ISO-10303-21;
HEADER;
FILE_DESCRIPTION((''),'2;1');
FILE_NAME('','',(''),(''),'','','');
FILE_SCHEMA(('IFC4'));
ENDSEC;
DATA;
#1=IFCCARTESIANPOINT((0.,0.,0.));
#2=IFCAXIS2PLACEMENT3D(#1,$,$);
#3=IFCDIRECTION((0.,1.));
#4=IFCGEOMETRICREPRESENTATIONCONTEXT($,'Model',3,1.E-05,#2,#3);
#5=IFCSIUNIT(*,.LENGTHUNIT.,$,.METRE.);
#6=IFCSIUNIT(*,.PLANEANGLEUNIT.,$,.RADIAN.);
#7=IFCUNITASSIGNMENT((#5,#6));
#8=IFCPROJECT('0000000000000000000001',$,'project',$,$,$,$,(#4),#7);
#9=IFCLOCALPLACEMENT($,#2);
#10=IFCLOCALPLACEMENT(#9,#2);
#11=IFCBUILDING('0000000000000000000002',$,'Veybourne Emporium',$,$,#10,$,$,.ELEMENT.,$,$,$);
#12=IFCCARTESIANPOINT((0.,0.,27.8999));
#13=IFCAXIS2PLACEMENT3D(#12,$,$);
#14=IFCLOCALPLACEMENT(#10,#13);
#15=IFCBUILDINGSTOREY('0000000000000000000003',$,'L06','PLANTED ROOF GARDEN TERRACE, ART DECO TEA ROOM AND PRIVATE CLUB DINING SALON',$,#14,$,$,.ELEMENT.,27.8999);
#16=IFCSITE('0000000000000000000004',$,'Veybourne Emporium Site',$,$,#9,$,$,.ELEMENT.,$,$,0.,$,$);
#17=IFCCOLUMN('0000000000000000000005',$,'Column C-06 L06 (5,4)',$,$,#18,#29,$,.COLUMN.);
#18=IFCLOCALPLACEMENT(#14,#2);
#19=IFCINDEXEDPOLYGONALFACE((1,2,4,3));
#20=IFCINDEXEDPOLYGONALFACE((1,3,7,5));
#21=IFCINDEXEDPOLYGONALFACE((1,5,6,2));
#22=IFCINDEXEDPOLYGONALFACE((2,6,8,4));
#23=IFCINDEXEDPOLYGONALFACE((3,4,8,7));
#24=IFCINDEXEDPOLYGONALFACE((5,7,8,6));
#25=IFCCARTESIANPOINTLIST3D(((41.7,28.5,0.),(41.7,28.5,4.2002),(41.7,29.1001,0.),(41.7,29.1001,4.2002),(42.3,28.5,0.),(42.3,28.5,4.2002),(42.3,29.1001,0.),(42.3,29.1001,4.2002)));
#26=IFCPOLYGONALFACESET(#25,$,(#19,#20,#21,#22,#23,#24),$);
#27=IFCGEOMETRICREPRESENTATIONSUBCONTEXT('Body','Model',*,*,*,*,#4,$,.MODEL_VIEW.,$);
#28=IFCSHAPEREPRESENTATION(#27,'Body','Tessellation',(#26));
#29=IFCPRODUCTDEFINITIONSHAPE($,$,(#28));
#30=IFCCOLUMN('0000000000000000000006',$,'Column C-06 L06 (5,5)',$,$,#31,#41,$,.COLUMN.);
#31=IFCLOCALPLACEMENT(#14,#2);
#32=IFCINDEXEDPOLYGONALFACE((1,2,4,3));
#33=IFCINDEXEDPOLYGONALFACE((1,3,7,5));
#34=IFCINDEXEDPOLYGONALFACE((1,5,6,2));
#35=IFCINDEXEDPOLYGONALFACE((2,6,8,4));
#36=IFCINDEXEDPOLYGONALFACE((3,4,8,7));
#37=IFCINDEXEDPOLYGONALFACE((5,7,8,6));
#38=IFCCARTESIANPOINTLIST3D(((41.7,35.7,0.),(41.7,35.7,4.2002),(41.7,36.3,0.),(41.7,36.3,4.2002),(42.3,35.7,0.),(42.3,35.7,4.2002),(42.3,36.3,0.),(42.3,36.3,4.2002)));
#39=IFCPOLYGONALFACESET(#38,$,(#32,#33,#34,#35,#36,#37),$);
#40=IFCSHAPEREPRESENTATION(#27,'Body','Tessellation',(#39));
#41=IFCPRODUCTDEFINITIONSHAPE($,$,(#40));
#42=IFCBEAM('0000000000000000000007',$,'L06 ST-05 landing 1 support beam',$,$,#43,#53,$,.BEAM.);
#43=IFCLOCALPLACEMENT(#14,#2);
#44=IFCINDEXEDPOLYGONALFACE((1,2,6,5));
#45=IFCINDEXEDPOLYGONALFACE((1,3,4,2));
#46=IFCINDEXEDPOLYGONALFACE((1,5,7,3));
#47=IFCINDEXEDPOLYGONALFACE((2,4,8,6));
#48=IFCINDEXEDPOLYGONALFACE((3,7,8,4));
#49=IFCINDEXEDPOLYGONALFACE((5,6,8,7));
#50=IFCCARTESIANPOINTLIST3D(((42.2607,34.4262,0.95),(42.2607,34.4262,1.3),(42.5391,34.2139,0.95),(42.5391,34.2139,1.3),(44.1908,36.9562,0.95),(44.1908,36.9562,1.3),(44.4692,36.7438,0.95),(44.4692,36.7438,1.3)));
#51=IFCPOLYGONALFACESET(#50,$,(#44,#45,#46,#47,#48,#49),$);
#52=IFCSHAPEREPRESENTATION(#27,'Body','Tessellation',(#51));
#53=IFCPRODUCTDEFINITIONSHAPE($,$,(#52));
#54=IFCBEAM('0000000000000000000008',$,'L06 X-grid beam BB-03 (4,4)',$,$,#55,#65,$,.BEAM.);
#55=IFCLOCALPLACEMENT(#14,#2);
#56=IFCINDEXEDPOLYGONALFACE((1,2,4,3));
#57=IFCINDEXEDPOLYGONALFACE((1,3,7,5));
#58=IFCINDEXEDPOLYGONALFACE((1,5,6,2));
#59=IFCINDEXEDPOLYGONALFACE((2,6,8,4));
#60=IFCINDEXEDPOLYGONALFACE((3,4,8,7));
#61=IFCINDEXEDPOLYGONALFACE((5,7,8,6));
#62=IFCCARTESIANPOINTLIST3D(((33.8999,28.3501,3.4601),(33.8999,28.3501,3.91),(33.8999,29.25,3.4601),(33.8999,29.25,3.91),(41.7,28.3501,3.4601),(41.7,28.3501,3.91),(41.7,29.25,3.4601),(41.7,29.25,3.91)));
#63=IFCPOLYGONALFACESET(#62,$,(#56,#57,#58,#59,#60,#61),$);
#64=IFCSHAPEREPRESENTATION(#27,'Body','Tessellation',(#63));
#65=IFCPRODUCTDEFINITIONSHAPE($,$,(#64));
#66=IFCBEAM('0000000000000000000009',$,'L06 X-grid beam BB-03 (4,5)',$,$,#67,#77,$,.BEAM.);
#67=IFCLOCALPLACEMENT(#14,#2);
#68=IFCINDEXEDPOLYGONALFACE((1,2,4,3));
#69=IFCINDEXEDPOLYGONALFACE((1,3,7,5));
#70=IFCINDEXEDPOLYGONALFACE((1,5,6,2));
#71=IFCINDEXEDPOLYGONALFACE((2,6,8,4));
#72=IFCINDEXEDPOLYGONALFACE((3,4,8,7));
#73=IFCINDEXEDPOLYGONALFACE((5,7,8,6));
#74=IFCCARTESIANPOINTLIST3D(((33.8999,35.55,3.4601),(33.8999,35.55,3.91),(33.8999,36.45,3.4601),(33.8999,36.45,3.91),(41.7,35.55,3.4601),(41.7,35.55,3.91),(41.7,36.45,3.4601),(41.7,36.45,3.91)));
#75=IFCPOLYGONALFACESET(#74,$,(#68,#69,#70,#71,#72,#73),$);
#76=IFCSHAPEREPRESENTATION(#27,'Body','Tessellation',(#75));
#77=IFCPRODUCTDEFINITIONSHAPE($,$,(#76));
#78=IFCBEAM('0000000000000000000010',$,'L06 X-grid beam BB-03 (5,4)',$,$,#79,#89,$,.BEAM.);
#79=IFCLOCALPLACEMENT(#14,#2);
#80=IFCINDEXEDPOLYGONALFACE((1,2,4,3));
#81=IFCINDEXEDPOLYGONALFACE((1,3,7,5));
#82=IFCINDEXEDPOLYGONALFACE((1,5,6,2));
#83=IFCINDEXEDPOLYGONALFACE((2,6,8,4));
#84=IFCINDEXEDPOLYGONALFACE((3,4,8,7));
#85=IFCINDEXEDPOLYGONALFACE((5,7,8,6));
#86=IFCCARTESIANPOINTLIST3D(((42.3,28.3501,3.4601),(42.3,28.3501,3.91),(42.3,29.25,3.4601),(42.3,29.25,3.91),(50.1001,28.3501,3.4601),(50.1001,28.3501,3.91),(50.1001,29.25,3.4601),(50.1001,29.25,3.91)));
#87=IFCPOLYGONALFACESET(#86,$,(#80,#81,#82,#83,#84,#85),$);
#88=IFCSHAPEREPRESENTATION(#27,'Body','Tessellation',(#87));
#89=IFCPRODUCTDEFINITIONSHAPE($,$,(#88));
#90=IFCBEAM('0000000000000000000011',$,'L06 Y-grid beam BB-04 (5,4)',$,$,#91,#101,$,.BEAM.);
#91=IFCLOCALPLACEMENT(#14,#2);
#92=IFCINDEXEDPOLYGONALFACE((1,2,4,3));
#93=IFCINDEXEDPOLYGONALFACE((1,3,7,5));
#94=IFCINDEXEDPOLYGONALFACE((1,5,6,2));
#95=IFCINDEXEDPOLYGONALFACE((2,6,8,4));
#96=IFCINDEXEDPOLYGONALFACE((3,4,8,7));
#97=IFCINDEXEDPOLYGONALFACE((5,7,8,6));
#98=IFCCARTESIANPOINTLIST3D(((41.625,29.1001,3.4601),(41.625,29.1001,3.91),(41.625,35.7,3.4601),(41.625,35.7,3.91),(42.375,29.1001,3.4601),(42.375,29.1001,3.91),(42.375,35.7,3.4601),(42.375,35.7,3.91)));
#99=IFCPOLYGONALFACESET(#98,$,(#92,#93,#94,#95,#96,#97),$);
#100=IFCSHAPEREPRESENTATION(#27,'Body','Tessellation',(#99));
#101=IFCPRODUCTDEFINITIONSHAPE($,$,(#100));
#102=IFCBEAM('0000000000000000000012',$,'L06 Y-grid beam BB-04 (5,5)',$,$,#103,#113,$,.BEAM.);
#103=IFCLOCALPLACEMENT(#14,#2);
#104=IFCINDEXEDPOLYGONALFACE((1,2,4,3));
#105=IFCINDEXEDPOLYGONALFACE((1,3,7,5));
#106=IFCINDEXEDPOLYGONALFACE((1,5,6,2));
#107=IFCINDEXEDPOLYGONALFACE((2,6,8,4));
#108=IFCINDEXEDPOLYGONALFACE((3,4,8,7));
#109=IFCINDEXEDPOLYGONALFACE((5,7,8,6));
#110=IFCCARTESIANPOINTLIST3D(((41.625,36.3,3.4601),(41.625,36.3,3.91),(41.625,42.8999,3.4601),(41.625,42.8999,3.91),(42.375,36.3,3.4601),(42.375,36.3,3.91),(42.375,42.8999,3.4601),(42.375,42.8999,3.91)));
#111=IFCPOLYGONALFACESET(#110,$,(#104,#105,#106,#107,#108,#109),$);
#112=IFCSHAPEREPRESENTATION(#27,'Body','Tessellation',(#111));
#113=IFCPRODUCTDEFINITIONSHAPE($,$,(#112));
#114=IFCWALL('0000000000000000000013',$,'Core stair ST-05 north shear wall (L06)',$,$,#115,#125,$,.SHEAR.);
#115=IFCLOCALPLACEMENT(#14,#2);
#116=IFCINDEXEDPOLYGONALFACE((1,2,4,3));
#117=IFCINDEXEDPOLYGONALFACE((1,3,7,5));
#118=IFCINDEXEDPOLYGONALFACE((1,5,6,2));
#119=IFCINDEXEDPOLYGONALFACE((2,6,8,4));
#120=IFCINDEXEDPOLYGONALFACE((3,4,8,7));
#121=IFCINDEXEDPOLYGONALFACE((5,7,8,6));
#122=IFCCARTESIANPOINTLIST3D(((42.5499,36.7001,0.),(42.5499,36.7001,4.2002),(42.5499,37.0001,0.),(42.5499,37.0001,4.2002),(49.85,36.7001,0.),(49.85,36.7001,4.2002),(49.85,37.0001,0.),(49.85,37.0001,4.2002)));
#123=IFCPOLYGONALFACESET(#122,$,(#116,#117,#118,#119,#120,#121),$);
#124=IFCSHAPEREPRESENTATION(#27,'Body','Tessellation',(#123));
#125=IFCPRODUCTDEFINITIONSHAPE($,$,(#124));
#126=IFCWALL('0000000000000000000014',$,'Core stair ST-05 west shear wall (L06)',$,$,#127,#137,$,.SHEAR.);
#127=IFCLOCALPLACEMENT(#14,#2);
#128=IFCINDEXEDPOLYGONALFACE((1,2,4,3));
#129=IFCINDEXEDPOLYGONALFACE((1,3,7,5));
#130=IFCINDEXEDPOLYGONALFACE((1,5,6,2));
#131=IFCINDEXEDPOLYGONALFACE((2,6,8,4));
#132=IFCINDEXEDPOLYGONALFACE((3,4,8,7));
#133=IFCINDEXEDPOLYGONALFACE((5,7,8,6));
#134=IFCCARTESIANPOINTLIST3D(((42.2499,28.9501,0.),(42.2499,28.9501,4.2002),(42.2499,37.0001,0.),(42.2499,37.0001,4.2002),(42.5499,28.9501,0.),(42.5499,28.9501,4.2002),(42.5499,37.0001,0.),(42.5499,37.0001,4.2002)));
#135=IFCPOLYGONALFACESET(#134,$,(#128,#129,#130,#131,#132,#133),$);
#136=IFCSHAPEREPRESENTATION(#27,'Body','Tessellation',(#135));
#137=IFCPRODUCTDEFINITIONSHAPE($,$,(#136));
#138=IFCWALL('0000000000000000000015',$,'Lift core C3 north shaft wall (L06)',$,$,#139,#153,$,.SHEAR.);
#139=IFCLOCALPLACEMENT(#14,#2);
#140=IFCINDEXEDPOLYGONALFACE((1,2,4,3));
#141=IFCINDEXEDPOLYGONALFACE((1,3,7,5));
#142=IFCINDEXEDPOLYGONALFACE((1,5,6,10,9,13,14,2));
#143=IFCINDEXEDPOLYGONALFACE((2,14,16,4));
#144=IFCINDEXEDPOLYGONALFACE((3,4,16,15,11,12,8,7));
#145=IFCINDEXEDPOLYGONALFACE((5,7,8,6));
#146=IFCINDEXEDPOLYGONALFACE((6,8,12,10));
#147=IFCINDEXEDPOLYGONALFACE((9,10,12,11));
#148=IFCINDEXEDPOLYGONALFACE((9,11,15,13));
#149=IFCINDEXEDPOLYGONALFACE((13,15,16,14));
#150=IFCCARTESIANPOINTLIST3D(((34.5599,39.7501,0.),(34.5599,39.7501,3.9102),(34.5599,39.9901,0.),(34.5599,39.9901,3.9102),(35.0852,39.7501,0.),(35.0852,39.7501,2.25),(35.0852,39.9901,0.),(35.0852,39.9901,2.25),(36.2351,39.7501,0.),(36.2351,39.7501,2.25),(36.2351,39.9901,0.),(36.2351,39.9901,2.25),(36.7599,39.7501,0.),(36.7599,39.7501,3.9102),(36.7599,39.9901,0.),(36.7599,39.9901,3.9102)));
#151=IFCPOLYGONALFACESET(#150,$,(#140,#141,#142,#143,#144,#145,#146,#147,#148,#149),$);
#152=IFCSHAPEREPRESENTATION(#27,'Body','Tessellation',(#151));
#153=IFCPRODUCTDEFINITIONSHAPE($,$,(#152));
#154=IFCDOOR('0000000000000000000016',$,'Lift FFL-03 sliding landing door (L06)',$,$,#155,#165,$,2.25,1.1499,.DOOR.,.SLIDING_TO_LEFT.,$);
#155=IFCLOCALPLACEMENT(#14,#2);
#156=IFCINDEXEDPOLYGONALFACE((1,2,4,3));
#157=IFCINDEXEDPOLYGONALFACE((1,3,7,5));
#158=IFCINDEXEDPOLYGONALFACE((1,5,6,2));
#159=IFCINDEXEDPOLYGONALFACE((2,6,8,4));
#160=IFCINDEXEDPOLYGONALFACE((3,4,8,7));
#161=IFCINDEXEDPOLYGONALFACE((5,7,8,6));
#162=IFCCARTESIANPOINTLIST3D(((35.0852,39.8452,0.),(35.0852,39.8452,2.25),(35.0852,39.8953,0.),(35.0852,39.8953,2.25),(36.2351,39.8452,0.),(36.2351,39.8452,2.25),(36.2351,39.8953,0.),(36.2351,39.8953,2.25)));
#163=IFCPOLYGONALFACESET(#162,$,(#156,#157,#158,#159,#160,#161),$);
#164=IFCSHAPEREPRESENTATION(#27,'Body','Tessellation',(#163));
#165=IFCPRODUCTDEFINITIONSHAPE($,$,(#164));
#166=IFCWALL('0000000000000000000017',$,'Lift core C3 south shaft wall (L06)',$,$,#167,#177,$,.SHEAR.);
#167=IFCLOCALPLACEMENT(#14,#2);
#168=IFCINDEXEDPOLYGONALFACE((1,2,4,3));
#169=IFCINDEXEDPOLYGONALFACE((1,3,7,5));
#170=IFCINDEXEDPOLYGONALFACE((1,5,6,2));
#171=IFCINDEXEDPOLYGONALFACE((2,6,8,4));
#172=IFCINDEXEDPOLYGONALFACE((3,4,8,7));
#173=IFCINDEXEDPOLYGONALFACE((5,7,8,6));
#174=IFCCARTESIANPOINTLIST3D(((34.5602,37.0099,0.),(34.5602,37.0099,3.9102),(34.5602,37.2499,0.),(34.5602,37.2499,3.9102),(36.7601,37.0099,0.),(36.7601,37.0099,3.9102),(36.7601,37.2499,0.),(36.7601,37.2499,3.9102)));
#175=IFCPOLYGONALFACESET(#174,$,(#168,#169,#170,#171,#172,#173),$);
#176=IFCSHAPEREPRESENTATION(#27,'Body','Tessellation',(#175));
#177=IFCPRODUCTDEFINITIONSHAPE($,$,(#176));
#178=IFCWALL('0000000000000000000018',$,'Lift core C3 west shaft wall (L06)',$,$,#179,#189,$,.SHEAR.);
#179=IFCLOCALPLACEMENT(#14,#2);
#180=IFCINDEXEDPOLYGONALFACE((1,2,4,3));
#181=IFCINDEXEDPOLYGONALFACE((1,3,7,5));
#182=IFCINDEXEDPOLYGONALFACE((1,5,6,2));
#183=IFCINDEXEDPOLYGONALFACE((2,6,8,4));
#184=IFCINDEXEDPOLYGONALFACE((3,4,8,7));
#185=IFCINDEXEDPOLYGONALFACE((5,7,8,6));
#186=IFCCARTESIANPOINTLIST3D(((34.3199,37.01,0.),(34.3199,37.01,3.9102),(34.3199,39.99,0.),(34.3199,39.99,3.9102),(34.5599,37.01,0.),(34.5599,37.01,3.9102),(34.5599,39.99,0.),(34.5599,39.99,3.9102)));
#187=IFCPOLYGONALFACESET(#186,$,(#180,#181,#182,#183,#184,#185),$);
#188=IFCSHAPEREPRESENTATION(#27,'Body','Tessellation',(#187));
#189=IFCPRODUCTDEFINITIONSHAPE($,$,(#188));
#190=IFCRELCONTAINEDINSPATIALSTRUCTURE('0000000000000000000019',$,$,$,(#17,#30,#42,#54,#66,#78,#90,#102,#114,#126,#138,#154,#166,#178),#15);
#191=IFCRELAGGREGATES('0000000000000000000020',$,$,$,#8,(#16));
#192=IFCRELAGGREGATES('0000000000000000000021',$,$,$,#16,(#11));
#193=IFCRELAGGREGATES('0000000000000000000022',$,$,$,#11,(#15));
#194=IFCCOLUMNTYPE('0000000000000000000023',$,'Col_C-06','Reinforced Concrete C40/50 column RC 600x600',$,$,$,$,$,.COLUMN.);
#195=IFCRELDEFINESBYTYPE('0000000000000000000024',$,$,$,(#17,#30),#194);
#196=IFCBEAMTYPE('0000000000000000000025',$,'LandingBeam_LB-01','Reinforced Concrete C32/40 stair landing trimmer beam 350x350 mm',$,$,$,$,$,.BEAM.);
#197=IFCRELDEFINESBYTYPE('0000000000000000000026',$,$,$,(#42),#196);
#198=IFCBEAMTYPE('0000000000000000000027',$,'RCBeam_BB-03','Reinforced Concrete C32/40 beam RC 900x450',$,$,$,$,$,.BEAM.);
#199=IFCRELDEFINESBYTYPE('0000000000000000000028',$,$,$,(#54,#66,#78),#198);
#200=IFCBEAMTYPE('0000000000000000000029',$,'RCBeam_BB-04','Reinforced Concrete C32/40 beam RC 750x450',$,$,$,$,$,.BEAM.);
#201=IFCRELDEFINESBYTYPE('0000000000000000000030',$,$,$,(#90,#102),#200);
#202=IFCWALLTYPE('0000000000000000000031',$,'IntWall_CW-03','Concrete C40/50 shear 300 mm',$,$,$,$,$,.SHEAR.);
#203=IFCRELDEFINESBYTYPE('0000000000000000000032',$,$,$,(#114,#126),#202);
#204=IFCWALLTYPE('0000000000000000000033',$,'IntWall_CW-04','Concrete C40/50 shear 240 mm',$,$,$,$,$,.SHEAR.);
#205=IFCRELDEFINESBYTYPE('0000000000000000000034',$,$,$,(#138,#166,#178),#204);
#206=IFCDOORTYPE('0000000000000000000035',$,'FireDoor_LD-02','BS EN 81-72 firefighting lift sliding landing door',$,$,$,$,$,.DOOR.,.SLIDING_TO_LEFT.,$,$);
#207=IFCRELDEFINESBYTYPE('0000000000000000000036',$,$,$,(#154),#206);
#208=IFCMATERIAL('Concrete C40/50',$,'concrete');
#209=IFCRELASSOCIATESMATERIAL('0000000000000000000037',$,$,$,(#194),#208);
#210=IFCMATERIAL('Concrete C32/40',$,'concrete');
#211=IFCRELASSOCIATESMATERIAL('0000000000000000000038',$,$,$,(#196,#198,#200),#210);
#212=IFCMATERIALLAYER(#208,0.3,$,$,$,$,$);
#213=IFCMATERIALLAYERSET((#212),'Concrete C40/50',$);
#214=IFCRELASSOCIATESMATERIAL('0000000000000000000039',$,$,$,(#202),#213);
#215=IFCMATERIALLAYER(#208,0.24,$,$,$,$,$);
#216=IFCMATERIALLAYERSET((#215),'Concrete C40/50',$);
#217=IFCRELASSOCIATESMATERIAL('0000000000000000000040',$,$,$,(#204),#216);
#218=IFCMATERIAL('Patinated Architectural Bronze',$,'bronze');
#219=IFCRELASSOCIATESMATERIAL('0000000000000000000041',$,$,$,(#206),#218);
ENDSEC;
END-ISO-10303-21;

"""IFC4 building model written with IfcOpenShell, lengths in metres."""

from ifc_helpers import new_model, si_unit, direction, frame, frame_2d, origin, origin_2d, place, context, subcontext, project, spatial, rectangle, extrude, material, layer, layer_set, material_profile, profile_set, type_object, element, fill, save


model = new_model("IFC4")

# Units and contexts
model_context = context("Model", 3, precision=1e-05, world=origin(), true_north=direction((0.0, 1.0)))
body_context = subcontext(model_context, "Body", "Model", "MODEL_VIEW")
ifc_project = project(units=[si_unit("LENGTHUNIT", "METRE"), si_unit("PLANEANGLEUNIT", "RADIAN")], contexts=[model_context])

# Site, building, storey
site_placement = place(None, origin())
site = spatial("IfcSite", under=ifc_project, at=site_placement, Name="Veybourne Emporium Site", CompositionType="ELEMENT", RefElevation=0.0)
building_placement = place(site_placement, origin())
building = spatial("IfcBuilding", under=site, at=building_placement, Name="Veybourne Emporium", CompositionType="ELEMENT")
storey_placement = place(building_placement, frame((0.0, 0.0, 27.8999)))
storey = spatial("IfcBuildingStorey", under=building, at=storey_placement, Name="L06", Description="PLANTED ROOF GARDEN TERRACE, ART DECO TEA ROOM AND PRIVATE CLUB DINING SALON", CompositionType="ELEMENT", Elevation=27.8999)

# Columns
ifc_material_1 = material(Name="Concrete C40/50", Category="concrete")
ifc_material_profile_1 = material_profile(ifc_material_1, rectangle(XDim=0.6001, YDim=0.6001, at=origin_2d()), Name="RC 600x600")
ifc_profile_set_1 = profile_set([ifc_material_profile_1], Name="Concrete C40/50")
column_type = type_object("IfcColumnType", Name="Col_C-06", Description="Reinforced Concrete C40/50 column RC 600x600", PredefinedType="COLUMN", material=ifc_profile_set_1)
for number, where, z_axis, x_axis, name in (
    (1, (42.0, 28.8, 0.0), (0.0, 0.0, 1.0), (1.0, 0.0, 0.0), "Column C-06 L06 (5,4)"),
    (2, (42.0, 36.0, 0.0), (0.0, 0.0, 1.0), (1.0, 0.0, 0.0), "Column C-06 L06 (5,5)"),
):
    element("IfcColumn", number, at=place(storey_placement, frame(where, z_axis=z_axis, x_axis=x_axis)), inside=storey, type_object=column_type, Name=name, PredefinedType="COLUMN", context=body_context, shape_type="SweptSolid", body=[
        extrude(rectangle(XDim=0.6001, YDim=0.6001, at=origin_2d()), origin(), (0.0, 0.0, 1.0), 4.2002),
    ])

# Beams
ifc_material_2 = material(Name="Concrete C32/40", Category="concrete")
ifc_material_profile_2 = material_profile(ifc_material_2, rectangle(XDim=0.3501, YDim=0.3501, at=origin_2d()), Name="RC 350x350")
ifc_profile_set_2 = profile_set([ifc_material_profile_2], Name="Concrete C32/40")
beam_type_1 = type_object("IfcBeamType", Name="LandingBeam_LB-01", Description="Reinforced Concrete C32/40 stair landing trimmer beam 350x350 mm", PredefinedType="BEAM", material=ifc_profile_set_2)
beam_placement = place(storey_placement, frame((42.3999, 34.3201, 1.125), z_axis=(0.606547, 0.795048, 0.0), x_axis=(-0.795048, 0.606547, 0.0)))
element("IfcBeam", 3, at=beam_placement, inside=storey, type_object=beam_type_1, Name="L06 ST-05 landing 1 support beam", PredefinedType="BEAM", context=body_context, shape_type="SweptSolid", body=[
    extrude(rectangle(XDim=0.3501, YDim=0.3501, at=origin_2d()), origin(), (0.0, 0.0, 1.0), 3.1821),
])
ifc_material_profile_3 = material_profile(ifc_material_2, rectangle(XDim=0.8999, YDim=0.45, at=origin_2d()), Name="RC 900x450")
ifc_profile_set_3 = profile_set([ifc_material_profile_3], Name="Concrete C32/40")
beam_type_2 = type_object("IfcBeamType", Name="RCBeam_BB-03", Description="Reinforced Concrete C32/40 beam RC 900x450", PredefinedType="BEAM", material=ifc_profile_set_3)
for number, where, z_axis, x_axis, name in (
    (4, (33.8999, 28.8, 3.6851), (1.0, 0.0, 0.0), (0.0, 1.0, 0.0), "L06 X-grid beam BB-03 (4,4)"),
    (5, (33.8999, 36.0, 3.6851), (1.0, 0.0, 0.0), (0.0, 1.0, 0.0), "L06 X-grid beam BB-03 (4,5)"),
    (6, (42.3, 28.8, 3.6851), (1.0, 0.0, 0.0), (0.0, 1.0, 0.0), "L06 X-grid beam BB-03 (5,4)"),
):
    element("IfcBeam", number, at=place(storey_placement, frame(where, z_axis=z_axis, x_axis=x_axis)), inside=storey, type_object=beam_type_2, Name=name, PredefinedType="BEAM", context=body_context, shape_type="SweptSolid", body=[
        extrude(rectangle(XDim=0.8999, YDim=0.45, at=origin_2d()), origin(), (0.0, 0.0, 1.0), 7.8),
    ])
ifc_material_profile_4 = material_profile(ifc_material_2, rectangle(XDim=0.75, YDim=0.45, at=origin_2d()), Name="RC 750x450")
ifc_profile_set_4 = profile_set([ifc_material_profile_4], Name="Concrete C32/40")
beam_type_3 = type_object("IfcBeamType", Name="RCBeam_BB-04", Description="Reinforced Concrete C32/40 beam RC 750x450", PredefinedType="BEAM", material=ifc_profile_set_4)
for number, where, z_axis, x_axis, name in (
    (7, (42.0, 29.1001, 3.6851), (0.0, 1.0, 0.0), (-1.0, 0.0, 0.0), "L06 Y-grid beam BB-04 (5,4)"),
    (8, (42.0, 36.3, 3.6851), (0.0, 1.0, 0.0), (-1.0, 0.0, 0.0), "L06 Y-grid beam BB-04 (5,5)"),
):
    element("IfcBeam", number, at=place(storey_placement, frame(where, z_axis=z_axis, x_axis=x_axis)), inside=storey, type_object=beam_type_3, Name=name, PredefinedType="BEAM", context=body_context, shape_type="SweptSolid", body=[
        extrude(rectangle(XDim=0.75, YDim=0.45, at=origin_2d()), origin(), (0.0, 0.0, 1.0), 6.5999),
    ])

# Walls
ifc_layer_1 = layer(ifc_material_1, 0.3)
ifc_layer_set_1 = layer_set([ifc_layer_1], Name="Concrete C40/50")
wall_type_1 = type_object("IfcWallType", Name="IntWall_CW-03", Description="Concrete C40/50 shear 300 mm", PredefinedType="SHEAR", material=ifc_layer_set_1)
wall_1_placement = place(storey_placement, frame((42.55, 36.8501, 0.0), z_axis=(0.0, 0.0, 1.0), x_axis=(1.0, 0.0, 0.0)))
element("IfcWall", 9, at=wall_1_placement, inside=storey, type_object=wall_type_1, Name="Core stair ST-05 north shear wall (L06)", PredefinedType="SHEAR", context=body_context, shape_type="SweptSolid", body=[
    extrude(rectangle(XDim=7.3, YDim=0.3, at=frame_2d((3.6499, 0.0))), origin(), (0.0, 0.0, 1.0), 4.2002),
])
wall_2_placement = place(storey_placement, frame((42.3999, 37.0, 0.0), z_axis=(0.0, 0.0, 1.0), x_axis=(0.0, -1.0, 0.0)))
element("IfcWall", 10, at=wall_2_placement, inside=storey, type_object=wall_type_1, Name="Core stair ST-05 west shear wall (L06)", PredefinedType="SHEAR", context=body_context, shape_type="SweptSolid", body=[
    extrude(rectangle(XDim=8.05, YDim=0.3, at=frame_2d((4.0249, 0.0))), origin(), (0.0, 0.0, 1.0), 4.2002),
])

# Wall, opening, door
ifc_layer_2 = layer(ifc_material_1, 0.24)
ifc_layer_set_2 = layer_set([ifc_layer_2], Name="Concrete C40/50")
wall_type_2 = type_object("IfcWallType", Name="IntWall_CW-04", Description="Concrete C40/50 shear 240 mm", PredefinedType="SHEAR", material=ifc_layer_set_2)
wall_3_placement = place(storey_placement, frame((36.76, 39.8701, 0.0), z_axis=(0.0, 0.0, 1.0), x_axis=(-1.0, 0.0, 0.0)))
wall_3 = element("IfcWall", 11, at=wall_3_placement, inside=storey, type_object=wall_type_2, Name="Lift core C3 north shaft wall (L06)", PredefinedType="SHEAR", context=body_context, shape_type="SweptSolid", body=[
    extrude(rectangle(XDim=2.2, YDim=0.24, at=frame_2d((1.1001, 0.0))), origin(), (0.0, 0.0, 1.0), 3.9102),
])
opening_1_placement = place(wall_3_placement, frame((0.5249, 0.0, 0.0)))
opening_1 = element("IfcOpeningElement", 12, at=opening_1_placement, cuts=wall_3, PredefinedType="OPENING", context=body_context, shape_type="SweptSolid", body=[
    extrude(rectangle(XDim=1.1499, YDim=2.25, at=frame_2d((0.575, 1.125))), frame((0.0, 0.1401, 0.0), z_axis=(0.0, -1.0, 0.0), x_axis=(1.0, 0.0, 0.0)), (0.0, 0.0, 1.0), 0.28),
])
ifc_material_3 = material(Name="Patinated Architectural Bronze", Category="bronze")
door_type_1 = type_object("IfcDoorType", Name="FireDoor_LD-02", Description="BS EN 81-72 firefighting lift sliding landing door", OperationType="SLIDING_TO_LEFT", PredefinedType="DOOR", material=ifc_material_3)
door_1_placement = place(opening_1_placement, origin())
door_1 = element("IfcDoor", 13, at=door_1_placement, inside=storey, type_object=door_type_1, Name="Lift FFL-03 sliding landing door (L06)", OperationType="SLIDING_TO_LEFT", OverallHeight=2.25, OverallWidth=1.1499, PredefinedType="DOOR", context=body_context, shape_type="SweptSolid", body=[
    extrude(rectangle(XDim=1.1499, YDim=2.25, at=frame_2d((0.575, 1.125))), frame((0.0, 0.0249, 0.0), z_axis=(0.0, -1.0, 0.0), x_axis=(1.0, 0.0, 0.0)), (0.0, 0.0, 1.0), 0.05),
])
fill(opening_1, door_1)

# Walls
wall_4_placement = place(storey_placement, frame((34.5601, 37.1299, 0.0), z_axis=(0.0, 0.0, 1.0), x_axis=(1.0, 0.0, 0.0)))
element("IfcWall", 14, at=wall_4_placement, inside=storey, type_object=wall_type_2, Name="Lift core C3 south shaft wall (L06)", PredefinedType="SHEAR", context=body_context, shape_type="SweptSolid", body=[
    extrude(rectangle(XDim=2.2, YDim=0.24, at=frame_2d((1.1001, 0.0))), origin(), (0.0, 0.0, 1.0), 3.9102),
])
for number, where, z_axis, x_axis, name in (
    (15, (34.4399, 39.99, 0.0), (0.0, 0.0, 1.0), (0.0, -1.0, 0.0), "Lift core C3 west shaft wall (L06)"),
):
    element("IfcWall", number, at=place(storey_placement, frame(where, z_axis=z_axis, x_axis=x_axis)), inside=storey, type_object=wall_type_2, Name=name, PredefinedType="SHEAR", context=body_context, shape_type="SweptSolid", body=[
        extrude(rectangle(XDim=2.98, YDim=0.24, at=frame_2d((1.49, 0.0))), origin(), (0.0, 0.0, 1.0), 3.9102),
    ])

save(model, "model.ifc")
